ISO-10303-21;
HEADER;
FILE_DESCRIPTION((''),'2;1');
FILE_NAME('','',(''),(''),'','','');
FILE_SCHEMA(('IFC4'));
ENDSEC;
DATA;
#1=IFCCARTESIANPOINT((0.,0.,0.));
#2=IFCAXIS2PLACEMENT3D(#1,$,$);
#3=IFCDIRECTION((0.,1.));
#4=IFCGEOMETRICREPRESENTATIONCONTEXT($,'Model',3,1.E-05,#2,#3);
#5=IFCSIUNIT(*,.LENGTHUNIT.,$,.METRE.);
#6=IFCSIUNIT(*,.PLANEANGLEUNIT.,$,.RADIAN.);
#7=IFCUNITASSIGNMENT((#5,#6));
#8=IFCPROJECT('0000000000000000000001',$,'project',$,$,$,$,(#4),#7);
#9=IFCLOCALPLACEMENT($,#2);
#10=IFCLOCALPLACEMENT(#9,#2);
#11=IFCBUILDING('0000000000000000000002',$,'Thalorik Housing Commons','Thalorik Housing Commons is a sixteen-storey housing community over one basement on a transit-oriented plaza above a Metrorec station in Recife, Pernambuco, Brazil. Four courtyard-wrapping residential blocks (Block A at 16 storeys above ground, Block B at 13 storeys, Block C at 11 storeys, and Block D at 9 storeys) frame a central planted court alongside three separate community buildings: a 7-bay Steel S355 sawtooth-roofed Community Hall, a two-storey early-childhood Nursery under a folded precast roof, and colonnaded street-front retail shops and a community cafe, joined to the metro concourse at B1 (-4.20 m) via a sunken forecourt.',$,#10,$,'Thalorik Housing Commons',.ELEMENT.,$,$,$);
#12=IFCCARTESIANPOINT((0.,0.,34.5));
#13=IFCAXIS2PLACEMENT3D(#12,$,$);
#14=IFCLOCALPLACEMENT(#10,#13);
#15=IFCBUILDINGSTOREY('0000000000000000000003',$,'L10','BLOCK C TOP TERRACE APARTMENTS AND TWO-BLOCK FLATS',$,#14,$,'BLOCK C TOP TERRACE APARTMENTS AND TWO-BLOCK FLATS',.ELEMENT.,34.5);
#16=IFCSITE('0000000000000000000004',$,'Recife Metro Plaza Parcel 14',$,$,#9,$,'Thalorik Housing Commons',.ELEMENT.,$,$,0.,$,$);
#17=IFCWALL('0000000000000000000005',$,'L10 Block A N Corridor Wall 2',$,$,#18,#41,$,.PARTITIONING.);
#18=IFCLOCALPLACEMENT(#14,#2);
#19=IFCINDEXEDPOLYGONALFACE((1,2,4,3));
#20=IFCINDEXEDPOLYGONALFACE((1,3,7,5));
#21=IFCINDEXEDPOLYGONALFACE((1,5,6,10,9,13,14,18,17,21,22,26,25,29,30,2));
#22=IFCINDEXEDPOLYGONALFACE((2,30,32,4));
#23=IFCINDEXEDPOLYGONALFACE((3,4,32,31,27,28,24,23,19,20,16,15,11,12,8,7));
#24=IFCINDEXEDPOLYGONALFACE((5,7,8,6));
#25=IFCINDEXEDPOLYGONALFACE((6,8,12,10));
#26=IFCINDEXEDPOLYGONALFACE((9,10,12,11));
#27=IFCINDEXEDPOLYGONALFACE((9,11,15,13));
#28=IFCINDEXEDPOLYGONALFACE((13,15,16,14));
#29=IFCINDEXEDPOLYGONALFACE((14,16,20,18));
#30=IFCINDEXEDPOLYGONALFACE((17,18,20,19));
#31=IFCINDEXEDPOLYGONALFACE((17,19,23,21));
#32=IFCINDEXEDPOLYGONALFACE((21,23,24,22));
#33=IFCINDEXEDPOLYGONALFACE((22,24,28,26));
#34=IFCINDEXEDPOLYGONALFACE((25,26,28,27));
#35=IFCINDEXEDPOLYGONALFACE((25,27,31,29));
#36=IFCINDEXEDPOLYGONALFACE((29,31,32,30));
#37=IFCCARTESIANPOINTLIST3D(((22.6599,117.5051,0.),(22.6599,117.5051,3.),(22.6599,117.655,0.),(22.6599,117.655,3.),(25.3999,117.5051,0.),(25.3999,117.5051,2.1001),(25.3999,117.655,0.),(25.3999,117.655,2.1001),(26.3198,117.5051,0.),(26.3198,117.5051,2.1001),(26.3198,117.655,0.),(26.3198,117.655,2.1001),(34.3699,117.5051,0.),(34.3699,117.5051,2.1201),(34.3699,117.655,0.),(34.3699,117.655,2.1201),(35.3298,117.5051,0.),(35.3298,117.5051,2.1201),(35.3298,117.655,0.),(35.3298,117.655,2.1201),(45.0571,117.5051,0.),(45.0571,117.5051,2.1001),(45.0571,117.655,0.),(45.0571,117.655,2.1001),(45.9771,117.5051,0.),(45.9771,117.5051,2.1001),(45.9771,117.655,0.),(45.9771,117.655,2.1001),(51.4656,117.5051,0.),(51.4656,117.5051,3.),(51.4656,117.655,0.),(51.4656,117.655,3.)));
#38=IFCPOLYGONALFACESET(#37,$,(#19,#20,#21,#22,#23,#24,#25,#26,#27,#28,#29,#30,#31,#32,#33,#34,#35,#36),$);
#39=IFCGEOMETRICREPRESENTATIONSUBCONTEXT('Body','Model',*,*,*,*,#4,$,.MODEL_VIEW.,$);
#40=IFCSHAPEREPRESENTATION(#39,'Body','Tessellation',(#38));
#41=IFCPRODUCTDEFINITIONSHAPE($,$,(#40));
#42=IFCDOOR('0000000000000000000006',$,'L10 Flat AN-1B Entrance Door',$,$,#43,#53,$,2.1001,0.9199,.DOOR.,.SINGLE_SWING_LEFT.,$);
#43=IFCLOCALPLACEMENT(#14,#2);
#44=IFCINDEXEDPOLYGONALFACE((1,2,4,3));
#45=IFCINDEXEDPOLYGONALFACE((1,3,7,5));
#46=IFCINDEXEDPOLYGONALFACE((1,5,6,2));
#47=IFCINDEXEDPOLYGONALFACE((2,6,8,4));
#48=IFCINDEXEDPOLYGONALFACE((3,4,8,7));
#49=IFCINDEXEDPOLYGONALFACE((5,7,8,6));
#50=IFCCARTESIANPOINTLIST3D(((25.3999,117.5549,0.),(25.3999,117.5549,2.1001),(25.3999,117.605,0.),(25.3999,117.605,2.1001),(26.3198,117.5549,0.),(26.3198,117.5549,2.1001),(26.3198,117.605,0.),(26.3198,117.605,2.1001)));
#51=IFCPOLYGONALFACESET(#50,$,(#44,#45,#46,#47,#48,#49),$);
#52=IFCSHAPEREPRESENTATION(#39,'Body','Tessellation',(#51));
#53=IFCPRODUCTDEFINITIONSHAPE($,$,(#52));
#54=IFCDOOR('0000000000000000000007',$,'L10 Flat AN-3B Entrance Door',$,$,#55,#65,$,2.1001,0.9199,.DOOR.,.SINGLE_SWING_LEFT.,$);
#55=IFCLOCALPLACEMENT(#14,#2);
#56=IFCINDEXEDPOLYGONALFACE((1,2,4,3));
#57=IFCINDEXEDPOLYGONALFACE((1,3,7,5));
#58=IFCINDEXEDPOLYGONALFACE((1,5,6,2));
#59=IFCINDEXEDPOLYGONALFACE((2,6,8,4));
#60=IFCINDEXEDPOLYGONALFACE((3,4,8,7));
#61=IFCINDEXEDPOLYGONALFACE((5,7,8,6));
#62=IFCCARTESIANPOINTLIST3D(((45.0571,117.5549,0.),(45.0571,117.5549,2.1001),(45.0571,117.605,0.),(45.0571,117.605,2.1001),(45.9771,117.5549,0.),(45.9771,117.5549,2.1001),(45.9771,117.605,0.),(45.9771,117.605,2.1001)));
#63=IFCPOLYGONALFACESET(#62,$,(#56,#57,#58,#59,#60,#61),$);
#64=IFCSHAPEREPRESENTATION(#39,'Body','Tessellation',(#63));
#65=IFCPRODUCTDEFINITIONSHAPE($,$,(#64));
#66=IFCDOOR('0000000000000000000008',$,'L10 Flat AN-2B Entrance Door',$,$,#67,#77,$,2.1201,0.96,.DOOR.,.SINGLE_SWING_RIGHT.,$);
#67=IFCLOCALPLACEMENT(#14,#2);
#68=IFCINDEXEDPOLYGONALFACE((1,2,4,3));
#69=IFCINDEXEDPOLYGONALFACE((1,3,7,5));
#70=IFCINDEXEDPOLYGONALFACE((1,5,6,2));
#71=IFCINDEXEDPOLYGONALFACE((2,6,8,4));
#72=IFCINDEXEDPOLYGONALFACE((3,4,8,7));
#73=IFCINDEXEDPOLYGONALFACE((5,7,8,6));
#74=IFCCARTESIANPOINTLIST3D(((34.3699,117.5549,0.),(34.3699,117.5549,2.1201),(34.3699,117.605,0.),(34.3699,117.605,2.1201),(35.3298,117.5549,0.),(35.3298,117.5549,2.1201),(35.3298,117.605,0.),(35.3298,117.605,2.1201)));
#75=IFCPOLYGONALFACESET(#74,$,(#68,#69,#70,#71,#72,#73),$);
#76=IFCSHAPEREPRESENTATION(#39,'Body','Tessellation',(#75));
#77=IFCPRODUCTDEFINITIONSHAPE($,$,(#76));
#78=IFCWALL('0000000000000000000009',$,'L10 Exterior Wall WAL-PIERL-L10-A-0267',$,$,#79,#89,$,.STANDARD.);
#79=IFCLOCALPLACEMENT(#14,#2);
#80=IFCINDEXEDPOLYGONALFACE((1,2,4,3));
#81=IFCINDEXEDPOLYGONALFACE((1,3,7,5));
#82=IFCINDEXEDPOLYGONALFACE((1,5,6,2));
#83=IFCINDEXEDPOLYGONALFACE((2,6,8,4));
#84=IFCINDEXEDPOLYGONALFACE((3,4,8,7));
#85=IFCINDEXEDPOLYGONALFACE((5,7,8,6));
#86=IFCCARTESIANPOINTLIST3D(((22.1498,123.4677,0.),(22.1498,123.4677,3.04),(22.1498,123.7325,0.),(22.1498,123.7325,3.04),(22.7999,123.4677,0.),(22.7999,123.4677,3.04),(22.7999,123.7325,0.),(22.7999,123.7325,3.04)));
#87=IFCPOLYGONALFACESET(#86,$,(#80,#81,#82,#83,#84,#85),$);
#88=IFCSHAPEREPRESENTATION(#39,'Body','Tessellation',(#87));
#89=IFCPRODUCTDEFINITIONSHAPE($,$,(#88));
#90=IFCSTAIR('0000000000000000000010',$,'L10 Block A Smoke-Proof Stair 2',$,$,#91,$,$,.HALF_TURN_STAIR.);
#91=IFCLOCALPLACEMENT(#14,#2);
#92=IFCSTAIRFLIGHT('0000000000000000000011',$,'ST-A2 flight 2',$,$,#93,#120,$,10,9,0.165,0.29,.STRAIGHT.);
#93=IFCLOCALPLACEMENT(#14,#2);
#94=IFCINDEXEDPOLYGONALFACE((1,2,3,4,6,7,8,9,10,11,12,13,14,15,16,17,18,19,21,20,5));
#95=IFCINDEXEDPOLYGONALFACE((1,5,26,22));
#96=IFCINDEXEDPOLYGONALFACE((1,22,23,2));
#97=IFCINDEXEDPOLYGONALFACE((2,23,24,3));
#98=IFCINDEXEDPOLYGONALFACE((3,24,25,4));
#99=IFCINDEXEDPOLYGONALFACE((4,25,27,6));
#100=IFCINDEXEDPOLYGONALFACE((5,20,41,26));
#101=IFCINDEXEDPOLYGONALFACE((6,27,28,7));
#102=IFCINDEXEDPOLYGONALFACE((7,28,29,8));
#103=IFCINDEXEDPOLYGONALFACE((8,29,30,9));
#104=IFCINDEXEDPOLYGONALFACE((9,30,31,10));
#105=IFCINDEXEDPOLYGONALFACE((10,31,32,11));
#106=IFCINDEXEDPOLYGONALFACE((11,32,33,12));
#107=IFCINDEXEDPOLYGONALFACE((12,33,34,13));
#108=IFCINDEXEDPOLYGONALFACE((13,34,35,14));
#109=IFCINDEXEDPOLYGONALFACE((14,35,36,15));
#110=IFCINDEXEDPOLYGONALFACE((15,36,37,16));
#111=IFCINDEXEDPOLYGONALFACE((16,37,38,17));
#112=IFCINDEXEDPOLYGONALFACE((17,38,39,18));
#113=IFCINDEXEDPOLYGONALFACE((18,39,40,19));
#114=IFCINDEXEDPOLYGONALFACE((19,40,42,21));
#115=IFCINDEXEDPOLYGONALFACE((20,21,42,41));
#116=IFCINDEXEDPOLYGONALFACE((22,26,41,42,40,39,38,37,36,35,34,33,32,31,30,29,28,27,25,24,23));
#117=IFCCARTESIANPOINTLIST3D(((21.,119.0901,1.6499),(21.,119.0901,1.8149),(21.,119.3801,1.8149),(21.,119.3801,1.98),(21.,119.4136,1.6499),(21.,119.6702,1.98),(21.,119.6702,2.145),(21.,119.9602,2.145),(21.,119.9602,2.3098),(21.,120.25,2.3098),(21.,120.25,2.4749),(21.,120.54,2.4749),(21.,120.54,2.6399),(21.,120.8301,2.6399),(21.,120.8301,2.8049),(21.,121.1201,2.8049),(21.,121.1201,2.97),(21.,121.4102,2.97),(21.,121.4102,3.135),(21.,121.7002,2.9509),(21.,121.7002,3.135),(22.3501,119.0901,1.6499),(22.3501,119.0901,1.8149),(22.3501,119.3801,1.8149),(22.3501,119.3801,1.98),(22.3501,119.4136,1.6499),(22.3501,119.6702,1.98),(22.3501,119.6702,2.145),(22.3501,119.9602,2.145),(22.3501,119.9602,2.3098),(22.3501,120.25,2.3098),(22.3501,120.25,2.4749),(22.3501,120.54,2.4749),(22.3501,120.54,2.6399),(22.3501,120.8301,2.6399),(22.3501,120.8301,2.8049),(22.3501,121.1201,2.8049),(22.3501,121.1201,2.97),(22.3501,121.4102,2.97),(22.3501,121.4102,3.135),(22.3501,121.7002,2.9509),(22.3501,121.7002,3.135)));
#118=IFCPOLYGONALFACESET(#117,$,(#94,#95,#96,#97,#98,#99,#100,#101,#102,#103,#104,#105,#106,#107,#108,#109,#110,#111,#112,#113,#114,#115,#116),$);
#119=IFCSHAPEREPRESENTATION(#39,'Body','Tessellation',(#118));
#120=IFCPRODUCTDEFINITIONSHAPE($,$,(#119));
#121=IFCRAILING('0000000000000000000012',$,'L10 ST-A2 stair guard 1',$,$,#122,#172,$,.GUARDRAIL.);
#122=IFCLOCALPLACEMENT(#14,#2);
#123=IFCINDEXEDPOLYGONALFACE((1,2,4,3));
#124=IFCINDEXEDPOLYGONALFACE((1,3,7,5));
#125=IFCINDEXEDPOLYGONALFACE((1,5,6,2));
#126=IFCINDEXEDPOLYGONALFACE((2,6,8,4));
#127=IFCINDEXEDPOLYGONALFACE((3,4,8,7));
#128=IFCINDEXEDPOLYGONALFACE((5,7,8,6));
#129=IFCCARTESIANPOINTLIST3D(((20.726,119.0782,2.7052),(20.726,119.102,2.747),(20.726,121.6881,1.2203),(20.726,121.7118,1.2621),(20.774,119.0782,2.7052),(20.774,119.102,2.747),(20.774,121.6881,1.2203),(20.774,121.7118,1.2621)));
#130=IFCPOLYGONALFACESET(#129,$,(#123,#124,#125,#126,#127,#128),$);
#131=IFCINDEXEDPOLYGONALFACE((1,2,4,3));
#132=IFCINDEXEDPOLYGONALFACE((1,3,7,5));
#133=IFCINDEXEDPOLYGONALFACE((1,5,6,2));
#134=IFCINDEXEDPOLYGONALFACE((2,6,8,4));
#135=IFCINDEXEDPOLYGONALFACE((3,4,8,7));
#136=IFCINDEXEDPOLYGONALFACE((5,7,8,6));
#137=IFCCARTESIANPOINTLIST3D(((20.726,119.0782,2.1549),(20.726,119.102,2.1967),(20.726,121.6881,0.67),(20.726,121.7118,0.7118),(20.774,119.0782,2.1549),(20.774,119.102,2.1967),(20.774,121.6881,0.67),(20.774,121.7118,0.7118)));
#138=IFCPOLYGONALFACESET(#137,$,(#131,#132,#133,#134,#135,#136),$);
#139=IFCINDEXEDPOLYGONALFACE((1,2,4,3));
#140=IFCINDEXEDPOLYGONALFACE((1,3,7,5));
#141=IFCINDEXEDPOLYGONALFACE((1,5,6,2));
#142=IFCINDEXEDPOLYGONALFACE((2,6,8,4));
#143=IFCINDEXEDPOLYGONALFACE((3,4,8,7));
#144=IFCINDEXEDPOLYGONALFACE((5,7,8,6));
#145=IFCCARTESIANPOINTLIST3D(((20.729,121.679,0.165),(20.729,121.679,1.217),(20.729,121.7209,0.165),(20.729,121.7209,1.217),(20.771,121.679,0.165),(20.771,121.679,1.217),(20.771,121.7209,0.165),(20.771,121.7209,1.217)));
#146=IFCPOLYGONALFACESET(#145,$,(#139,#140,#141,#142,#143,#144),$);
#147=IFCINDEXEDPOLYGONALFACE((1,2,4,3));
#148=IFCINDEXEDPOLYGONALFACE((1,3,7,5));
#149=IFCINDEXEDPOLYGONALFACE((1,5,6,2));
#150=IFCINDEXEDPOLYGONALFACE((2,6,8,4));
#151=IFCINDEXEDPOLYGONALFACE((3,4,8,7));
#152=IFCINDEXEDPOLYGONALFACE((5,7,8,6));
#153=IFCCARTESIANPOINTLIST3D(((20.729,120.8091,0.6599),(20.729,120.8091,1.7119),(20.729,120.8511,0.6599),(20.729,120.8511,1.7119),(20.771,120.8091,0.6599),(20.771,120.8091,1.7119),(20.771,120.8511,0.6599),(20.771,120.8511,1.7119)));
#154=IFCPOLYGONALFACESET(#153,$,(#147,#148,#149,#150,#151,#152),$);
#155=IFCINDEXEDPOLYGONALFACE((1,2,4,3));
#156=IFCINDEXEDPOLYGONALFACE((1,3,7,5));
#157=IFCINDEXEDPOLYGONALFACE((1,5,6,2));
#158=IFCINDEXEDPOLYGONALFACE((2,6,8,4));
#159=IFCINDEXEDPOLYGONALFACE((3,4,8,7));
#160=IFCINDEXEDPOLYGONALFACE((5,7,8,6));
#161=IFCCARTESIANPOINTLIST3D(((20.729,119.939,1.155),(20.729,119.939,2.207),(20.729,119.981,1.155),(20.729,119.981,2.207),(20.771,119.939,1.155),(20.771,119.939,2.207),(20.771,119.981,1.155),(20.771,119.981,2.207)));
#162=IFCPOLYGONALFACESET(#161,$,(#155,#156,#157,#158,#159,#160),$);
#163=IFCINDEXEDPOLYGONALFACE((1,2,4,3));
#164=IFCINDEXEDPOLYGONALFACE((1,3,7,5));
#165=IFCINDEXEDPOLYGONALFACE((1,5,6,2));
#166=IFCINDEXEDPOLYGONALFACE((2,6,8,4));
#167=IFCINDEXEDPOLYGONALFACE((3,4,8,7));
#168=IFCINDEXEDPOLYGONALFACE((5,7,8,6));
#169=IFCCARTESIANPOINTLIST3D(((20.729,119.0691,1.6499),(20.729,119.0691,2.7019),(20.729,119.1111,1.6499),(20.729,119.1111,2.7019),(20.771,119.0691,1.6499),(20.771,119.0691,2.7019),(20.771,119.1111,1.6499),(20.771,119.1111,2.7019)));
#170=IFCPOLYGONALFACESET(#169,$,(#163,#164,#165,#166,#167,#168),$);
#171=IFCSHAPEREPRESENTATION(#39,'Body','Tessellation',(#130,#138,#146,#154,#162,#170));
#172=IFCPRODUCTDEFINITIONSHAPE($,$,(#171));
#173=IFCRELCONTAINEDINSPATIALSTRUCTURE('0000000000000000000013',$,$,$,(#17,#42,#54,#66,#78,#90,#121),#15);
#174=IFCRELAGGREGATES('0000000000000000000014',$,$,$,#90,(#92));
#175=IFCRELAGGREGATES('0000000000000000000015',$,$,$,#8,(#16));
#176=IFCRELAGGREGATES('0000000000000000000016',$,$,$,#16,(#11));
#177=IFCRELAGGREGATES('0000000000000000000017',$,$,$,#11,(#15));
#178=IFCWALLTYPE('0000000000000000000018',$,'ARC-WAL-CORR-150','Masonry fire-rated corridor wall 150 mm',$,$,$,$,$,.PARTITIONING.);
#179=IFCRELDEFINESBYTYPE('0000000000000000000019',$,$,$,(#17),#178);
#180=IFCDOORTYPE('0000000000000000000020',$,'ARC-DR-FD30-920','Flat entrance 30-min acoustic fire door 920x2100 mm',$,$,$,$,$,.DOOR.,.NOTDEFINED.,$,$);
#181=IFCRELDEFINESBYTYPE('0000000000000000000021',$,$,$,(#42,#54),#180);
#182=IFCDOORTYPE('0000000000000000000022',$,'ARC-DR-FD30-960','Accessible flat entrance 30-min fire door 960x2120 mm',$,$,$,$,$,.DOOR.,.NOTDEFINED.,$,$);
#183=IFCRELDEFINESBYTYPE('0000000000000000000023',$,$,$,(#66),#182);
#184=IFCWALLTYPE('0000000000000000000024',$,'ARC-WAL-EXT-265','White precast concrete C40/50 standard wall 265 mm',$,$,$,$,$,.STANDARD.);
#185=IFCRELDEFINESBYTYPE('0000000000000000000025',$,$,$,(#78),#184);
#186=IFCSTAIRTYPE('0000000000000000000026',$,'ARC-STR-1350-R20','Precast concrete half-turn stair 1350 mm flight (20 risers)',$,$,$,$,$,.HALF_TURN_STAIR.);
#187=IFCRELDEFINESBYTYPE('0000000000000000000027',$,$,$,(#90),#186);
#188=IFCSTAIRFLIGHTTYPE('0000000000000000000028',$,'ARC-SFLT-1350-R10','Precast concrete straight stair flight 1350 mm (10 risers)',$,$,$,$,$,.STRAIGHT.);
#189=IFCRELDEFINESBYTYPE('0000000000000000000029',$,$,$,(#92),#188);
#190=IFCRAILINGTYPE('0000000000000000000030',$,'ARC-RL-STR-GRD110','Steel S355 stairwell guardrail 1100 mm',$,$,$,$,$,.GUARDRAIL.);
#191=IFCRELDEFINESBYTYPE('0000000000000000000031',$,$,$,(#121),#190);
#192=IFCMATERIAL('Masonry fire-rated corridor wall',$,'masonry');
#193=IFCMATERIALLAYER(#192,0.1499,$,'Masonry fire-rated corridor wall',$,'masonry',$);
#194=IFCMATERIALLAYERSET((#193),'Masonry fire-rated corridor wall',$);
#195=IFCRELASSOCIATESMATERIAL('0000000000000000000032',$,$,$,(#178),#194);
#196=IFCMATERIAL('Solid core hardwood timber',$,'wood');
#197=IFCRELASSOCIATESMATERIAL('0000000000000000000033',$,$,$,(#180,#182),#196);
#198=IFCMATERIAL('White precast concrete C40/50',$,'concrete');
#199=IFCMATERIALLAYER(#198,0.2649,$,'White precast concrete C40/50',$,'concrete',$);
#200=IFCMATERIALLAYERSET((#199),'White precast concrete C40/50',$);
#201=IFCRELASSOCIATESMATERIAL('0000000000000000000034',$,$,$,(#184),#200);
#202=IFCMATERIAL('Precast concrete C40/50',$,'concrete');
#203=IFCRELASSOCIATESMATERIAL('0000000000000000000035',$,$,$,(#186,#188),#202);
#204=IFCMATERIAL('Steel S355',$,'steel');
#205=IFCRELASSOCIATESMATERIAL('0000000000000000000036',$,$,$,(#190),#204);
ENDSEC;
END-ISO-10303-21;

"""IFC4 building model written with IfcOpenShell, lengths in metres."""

from ifc_helpers import new_model, si_unit, direction, frame, frame_2d, origin, origin_2d, place, context, subcontext, project, spatial, polyline, rectangle, outline, extrude, material, layer, layer_set, type_object, element, fill, aggregate, save


model = new_model("IFC4")

# Units and contexts
model_context = context("Model", 3, precision=1e-05, world=origin(), true_north=direction((0.0, 1.0)))
body_context = subcontext(model_context, "Body", "Model", "MODEL_VIEW")
ifc_project = project(units=[si_unit("LENGTHUNIT", "METRE"), si_unit("PLANEANGLEUNIT", "RADIAN")], contexts=[model_context])

# Site, building, storey
site_placement = place(None, origin())
site = spatial("IfcSite", under=ifc_project, at=site_placement, Name="Recife Metro Plaza Parcel 14", LongName="Thalorik Housing Commons", CompositionType="ELEMENT", RefElevation=0.0)
building_placement = place(site_placement, origin())
building = spatial("IfcBuilding", under=site, at=building_placement, Name="Thalorik Housing Commons", Description="Thalorik Housing Commons is a sixteen-storey housing community over one basement on a transit-oriented plaza above a Metrorec station in Recife, Pernambuco, Brazil. Four courtyard-wrapping residential blocks (Block A at 16 storeys above ground, Block B at 13 storeys, Block C at 11 storeys, and Block D at 9 storeys) frame a central planted court alongside three separate community buildings: a 7-bay Steel S355 sawtooth-roofed Community Hall, a two-storey early-childhood Nursery under a folded precast roof, and colonnaded street-front retail shops and a community cafe, joined to the metro concourse at B1 (-4.20 m) via a sunken forecourt.", LongName="Thalorik Housing Commons", CompositionType="ELEMENT")
storey_placement = place(building_placement, frame((0.0, 0.0, 34.5)))
storey = spatial("IfcBuildingStorey", under=building, at=storey_placement, Name="L10", Description="BLOCK C TOP TERRACE APARTMENTS AND TWO-BLOCK FLATS", LongName="BLOCK C TOP TERRACE APARTMENTS AND TWO-BLOCK FLATS", CompositionType="ELEMENT", Elevation=34.5)

# Shared definitions
ifc_material_1 = material(Name="Precast concrete C40/50", Category="concrete")

# Wall, openings, doors
ifc_material_2 = material(Name="Masonry fire-rated corridor wall", Category="masonry")
ifc_layer_1 = layer(ifc_material_2, 0.1499, Name="Masonry fire-rated corridor wall", Category="masonry")
ifc_layer_set_1 = layer_set([ifc_layer_1], Name="Masonry fire-rated corridor wall")
wall_type_1 = type_object("IfcWallType", Name="ARC-WAL-CORR-150", Description="Masonry fire-rated corridor wall 150 mm", PredefinedType="PARTITIONING", material=ifc_layer_set_1)
wall_1_placement = place(storey_placement, frame((22.6599, 117.5801, 0.0), z_axis=(0.0, 0.0, 1.0), x_axis=(1.0, 0.0, 0.0)))
wall_1 = element("IfcWall", 1, at=wall_1_placement, inside=storey, type_object=wall_type_1, Name="L10 Block A N Corridor Wall 2", PredefinedType="PARTITIONING", context=body_context, shape_type="SweptSolid", body=[
    extrude(rectangle(XDim=28.8057, YDim=0.1499, at=frame_2d((14.4028, 0.0))), origin(), (0.0, 0.0, 1.0), 3.0),
])
opening_1_placement = place(wall_1_placement, frame((2.74, 0.0, 0.0)))
opening_1 = element("IfcOpeningElement", 2, at=opening_1_placement, cuts=wall_1, PredefinedType="OPENING", context=body_context, shape_type="SweptSolid", body=[
    extrude(rectangle(XDim=0.9199, YDim=2.1001, at=frame_2d((0.46, 1.05))), frame((0.0, 0.085, 0.0), z_axis=(0.0, -1.0, 0.0), x_axis=(1.0, 0.0, 0.0)), (0.0, 0.0, 1.0), 0.1699),
])
opening_2_placement = place(wall_1_placement, frame((11.71, 0.0, 0.0)))
opening_2 = element("IfcOpeningElement", 3, at=opening_2_placement, cuts=wall_1, PredefinedType="OPENING", context=body_context, shape_type="SweptSolid", body=[
    extrude(rectangle(XDim=0.96, YDim=2.1201, at=frame_2d((0.48, 1.0601))), frame((0.0, 0.085, 0.0), z_axis=(0.0, -1.0, 0.0), x_axis=(1.0, 0.0, 0.0)), (0.0, 0.0, 1.0), 0.1699),
])
opening_3_placement = place(wall_1_placement, frame((22.3972, 0.0, 0.0)))
opening_3 = element("IfcOpeningElement", 4, at=opening_3_placement, cuts=wall_1, PredefinedType="OPENING", context=body_context, shape_type="SweptSolid", body=[
    extrude(rectangle(XDim=0.9199, YDim=2.1001, at=frame_2d((0.46, 1.05))), frame((0.0, 0.085, 0.0), z_axis=(0.0, -1.0, 0.0), x_axis=(1.0, 0.0, 0.0)), (0.0, 0.0, 1.0), 0.1699),
])
ifc_material_3 = material(Name="Solid core hardwood timber", Category="wood")
door_type_1 = type_object("IfcDoorType", Name="ARC-DR-FD30-920", Description="Flat entrance 30-min acoustic fire door 920x2100 mm", OperationType="NOTDEFINED", PredefinedType="DOOR", material=ifc_material_3)
door_1_placement = place(opening_1_placement, origin())
door_1 = element("IfcDoor", 5, at=door_1_placement, inside=storey, type_object=door_type_1, Name="L10 Flat AN-1B Entrance Door", OperationType="SINGLE_SWING_LEFT", OverallHeight=2.1001, OverallWidth=0.9199, PredefinedType="DOOR", context=body_context, shape_type="SweptSolid", body=[
    extrude(rectangle(XDim=0.9199, YDim=2.1001, at=frame_2d((0.46, 1.05))), frame((0.0, 0.0249, 0.0), z_axis=(0.0, -1.0, 0.0), x_axis=(1.0, 0.0, 0.0)), (0.0, 0.0, 1.0), 0.05),
])
fill(opening_1, door_1)
door_2_placement = place(opening_3_placement, origin())
door_2 = element("IfcDoor", 6, at=door_2_placement, inside=storey, type_object=door_type_1, Name="L10 Flat AN-3B Entrance Door", OperationType="SINGLE_SWING_LEFT", OverallHeight=2.1001, OverallWidth=0.9199, PredefinedType="DOOR", context=body_context, shape_type="SweptSolid", body=[
    extrude(rectangle(XDim=0.9199, YDim=2.1001, at=frame_2d((0.46, 1.05))), frame((0.0, 0.0249, 0.0), z_axis=(0.0, -1.0, 0.0), x_axis=(1.0, 0.0, 0.0)), (0.0, 0.0, 1.0), 0.05),
])
fill(opening_3, door_2)
door_type_2 = type_object("IfcDoorType", Name="ARC-DR-FD30-960", Description="Accessible flat entrance 30-min fire door 960x2120 mm", OperationType="NOTDEFINED", PredefinedType="DOOR", material=ifc_material_3)
door_3_placement = place(opening_2_placement, origin())
door_3 = element("IfcDoor", 7, at=door_3_placement, inside=storey, type_object=door_type_2, Name="L10 Flat AN-2B Entrance Door", OperationType="SINGLE_SWING_RIGHT", OverallHeight=2.1201, OverallWidth=0.96, PredefinedType="DOOR", context=body_context, shape_type="SweptSolid", body=[
    extrude(rectangle(XDim=0.96, YDim=2.1201, at=frame_2d((0.48, 1.0601))), frame((0.0, 0.0249, 0.0), z_axis=(0.0, -1.0, 0.0), x_axis=(1.0, 0.0, 0.0)), (0.0, 0.0, 1.0), 0.05),
])
fill(opening_2, door_3)

# Wall
ifc_material_4 = material(Name="White precast concrete C40/50", Category="concrete")
ifc_layer_2 = layer(ifc_material_4, 0.2649, Name="White precast concrete C40/50", Category="concrete")
ifc_layer_set_2 = layer_set([ifc_layer_2], Name="White precast concrete C40/50")
wall_type_2 = type_object("IfcWallType", Name="ARC-WAL-EXT-265", Description="White precast concrete C40/50 standard wall 265 mm", PredefinedType="STANDARD", material=ifc_layer_set_2)
wall_2_placement = place(storey_placement, frame((22.8, 123.6001, 0.0), z_axis=(0.0, 0.0, 1.0), x_axis=(-1.0, 0.0, 0.0)))
element("IfcWall", 8, at=wall_2_placement, inside=storey, type_object=wall_type_2, Name="L10 Exterior Wall WAL-PIERL-L10-A-0267", PredefinedType="STANDARD", context=body_context, shape_type="SweptSolid", body=[
    extrude(rectangle(XDim=0.6501, YDim=0.2649, at=frame_2d((0.3252, 0.0))), origin(), (0.0, 0.0, 1.0), 3.04),
])

# Stair, stair flight
stair_type = type_object("IfcStairType", Name="ARC-STR-1350-R20", Description="Precast concrete half-turn stair 1350 mm flight (20 risers)", PredefinedType="HALF_TURN_STAIR", material=ifc_material_1)
stair_placement = place(storey_placement, origin())
stair = element("IfcStair", 9, at=stair_placement, inside=storey, type_object=stair_type, Name="L10 Block A Smoke-Proof Stair 2", PredefinedType="HALF_TURN_STAIR")
stair_flight_type = type_object("IfcStairFlightType", Name="ARC-SFLT-1350-R10", Description="Precast concrete straight stair flight 1350 mm (10 risers)", PredefinedType="STRAIGHT", material=ifc_material_1)
stair_flight_placement = place(storey_placement, frame((21.675, 119.0901, 1.6499), z_axis=(0.0, 0.0, 1.0), x_axis=(0.0, 1.0, 0.0)))
stair_flight = element("IfcStairFlight", 10, at=stair_flight_placement, type_object=stair_flight_type, Name="ST-A2 flight 2", NumberOfRisers=10, NumberOfTreads=9, PredefinedType="STRAIGHT", RiserHeight=0.165, TreadLength=0.29, context=body_context, shape_type="SweptSolid", body=[
    extrude(outline(polyline([(0.0, 0.0), (0.0, 0.165), (0.29, 0.165), (0.29, 0.3301), (0.5801, 0.3301), (0.5801, 0.4951), (0.8701, 0.4951), (0.8701, 0.6599), (1.1599, 0.6599), (1.1599, 0.825), (1.45, 0.825), (1.45, 0.99), (1.74, 0.99), (1.74, 1.155), (2.03, 1.155), (2.03, 1.3201), (2.3201, 1.3201), (2.3201, 1.4851), (2.6101, 1.4851), (2.6101, 1.6499), (2.6101, 1.301), (0.3235, 0.0), (0.0, 0.0)])), frame((0.0, 0.675, 0.0), z_axis=(0.0, -1.0, 0.0), x_axis=(1.0, 0.0, 0.0)), (0.0, 0.0, 1.0), 1.3501),
])
aggregate(stair, [stair_flight])

# Railing
ifc_material_5 = material(Name="Steel S355", Category="steel")
railing_type_1 = type_object("IfcRailingType", Name="ARC-RL-STR-GRD110", Description="Steel S355 stairwell guardrail 1100 mm", PredefinedType="GUARDRAIL", material=ifc_material_5)
railing_1_placement = place(storey_placement, frame((20.75, 121.7, 0.165)))
element("IfcRailing", 11, at=railing_1_placement, inside=storey, type_object=railing_type_1, Name="L10 ST-A2 stair guard 1", PredefinedType="GUARDRAIL", context=body_context, shape_type="SweptSolid", body=[
    extrude(rectangle(XDim=0.0481, YDim=0.0481, at=origin_2d()), frame((0.0, 0.0, 1.0762), z_axis=(0.0, -0.869172, 0.494509), x_axis=(1.0, 0.0, 0.0)), (0.0, 0.0, 1.0), 3.0027),
    extrude(rectangle(XDim=0.0481, YDim=0.0481, at=origin_2d()), frame((0.0, 0.0, 0.5259), z_axis=(0.0, -0.869172, 0.494509), x_axis=(1.0, 0.0, 0.0)), (0.0, 0.0, 1.0), 3.0027),
    extrude(rectangle(XDim=0.042, YDim=0.042, at=origin_2d()), origin(), (0.0, 0.0, 1.0), 1.052),
    extrude(rectangle(XDim=0.042, YDim=0.042, at=origin_2d()), frame((0.0, -0.8699, 0.4949)), (0.0, 0.0, 1.0), 1.052),
    extrude(rectangle(XDim=0.042, YDim=0.042, at=origin_2d()), frame((0.0, -1.74, 0.99)), (0.0, 0.0, 1.0), 1.052),
    extrude(rectangle(XDim=0.042, YDim=0.042, at=origin_2d()), frame((0.0, -2.6099, 1.4849)), (0.0, 0.0, 1.0), 1.052),
])

save(model, "model.ifc")
